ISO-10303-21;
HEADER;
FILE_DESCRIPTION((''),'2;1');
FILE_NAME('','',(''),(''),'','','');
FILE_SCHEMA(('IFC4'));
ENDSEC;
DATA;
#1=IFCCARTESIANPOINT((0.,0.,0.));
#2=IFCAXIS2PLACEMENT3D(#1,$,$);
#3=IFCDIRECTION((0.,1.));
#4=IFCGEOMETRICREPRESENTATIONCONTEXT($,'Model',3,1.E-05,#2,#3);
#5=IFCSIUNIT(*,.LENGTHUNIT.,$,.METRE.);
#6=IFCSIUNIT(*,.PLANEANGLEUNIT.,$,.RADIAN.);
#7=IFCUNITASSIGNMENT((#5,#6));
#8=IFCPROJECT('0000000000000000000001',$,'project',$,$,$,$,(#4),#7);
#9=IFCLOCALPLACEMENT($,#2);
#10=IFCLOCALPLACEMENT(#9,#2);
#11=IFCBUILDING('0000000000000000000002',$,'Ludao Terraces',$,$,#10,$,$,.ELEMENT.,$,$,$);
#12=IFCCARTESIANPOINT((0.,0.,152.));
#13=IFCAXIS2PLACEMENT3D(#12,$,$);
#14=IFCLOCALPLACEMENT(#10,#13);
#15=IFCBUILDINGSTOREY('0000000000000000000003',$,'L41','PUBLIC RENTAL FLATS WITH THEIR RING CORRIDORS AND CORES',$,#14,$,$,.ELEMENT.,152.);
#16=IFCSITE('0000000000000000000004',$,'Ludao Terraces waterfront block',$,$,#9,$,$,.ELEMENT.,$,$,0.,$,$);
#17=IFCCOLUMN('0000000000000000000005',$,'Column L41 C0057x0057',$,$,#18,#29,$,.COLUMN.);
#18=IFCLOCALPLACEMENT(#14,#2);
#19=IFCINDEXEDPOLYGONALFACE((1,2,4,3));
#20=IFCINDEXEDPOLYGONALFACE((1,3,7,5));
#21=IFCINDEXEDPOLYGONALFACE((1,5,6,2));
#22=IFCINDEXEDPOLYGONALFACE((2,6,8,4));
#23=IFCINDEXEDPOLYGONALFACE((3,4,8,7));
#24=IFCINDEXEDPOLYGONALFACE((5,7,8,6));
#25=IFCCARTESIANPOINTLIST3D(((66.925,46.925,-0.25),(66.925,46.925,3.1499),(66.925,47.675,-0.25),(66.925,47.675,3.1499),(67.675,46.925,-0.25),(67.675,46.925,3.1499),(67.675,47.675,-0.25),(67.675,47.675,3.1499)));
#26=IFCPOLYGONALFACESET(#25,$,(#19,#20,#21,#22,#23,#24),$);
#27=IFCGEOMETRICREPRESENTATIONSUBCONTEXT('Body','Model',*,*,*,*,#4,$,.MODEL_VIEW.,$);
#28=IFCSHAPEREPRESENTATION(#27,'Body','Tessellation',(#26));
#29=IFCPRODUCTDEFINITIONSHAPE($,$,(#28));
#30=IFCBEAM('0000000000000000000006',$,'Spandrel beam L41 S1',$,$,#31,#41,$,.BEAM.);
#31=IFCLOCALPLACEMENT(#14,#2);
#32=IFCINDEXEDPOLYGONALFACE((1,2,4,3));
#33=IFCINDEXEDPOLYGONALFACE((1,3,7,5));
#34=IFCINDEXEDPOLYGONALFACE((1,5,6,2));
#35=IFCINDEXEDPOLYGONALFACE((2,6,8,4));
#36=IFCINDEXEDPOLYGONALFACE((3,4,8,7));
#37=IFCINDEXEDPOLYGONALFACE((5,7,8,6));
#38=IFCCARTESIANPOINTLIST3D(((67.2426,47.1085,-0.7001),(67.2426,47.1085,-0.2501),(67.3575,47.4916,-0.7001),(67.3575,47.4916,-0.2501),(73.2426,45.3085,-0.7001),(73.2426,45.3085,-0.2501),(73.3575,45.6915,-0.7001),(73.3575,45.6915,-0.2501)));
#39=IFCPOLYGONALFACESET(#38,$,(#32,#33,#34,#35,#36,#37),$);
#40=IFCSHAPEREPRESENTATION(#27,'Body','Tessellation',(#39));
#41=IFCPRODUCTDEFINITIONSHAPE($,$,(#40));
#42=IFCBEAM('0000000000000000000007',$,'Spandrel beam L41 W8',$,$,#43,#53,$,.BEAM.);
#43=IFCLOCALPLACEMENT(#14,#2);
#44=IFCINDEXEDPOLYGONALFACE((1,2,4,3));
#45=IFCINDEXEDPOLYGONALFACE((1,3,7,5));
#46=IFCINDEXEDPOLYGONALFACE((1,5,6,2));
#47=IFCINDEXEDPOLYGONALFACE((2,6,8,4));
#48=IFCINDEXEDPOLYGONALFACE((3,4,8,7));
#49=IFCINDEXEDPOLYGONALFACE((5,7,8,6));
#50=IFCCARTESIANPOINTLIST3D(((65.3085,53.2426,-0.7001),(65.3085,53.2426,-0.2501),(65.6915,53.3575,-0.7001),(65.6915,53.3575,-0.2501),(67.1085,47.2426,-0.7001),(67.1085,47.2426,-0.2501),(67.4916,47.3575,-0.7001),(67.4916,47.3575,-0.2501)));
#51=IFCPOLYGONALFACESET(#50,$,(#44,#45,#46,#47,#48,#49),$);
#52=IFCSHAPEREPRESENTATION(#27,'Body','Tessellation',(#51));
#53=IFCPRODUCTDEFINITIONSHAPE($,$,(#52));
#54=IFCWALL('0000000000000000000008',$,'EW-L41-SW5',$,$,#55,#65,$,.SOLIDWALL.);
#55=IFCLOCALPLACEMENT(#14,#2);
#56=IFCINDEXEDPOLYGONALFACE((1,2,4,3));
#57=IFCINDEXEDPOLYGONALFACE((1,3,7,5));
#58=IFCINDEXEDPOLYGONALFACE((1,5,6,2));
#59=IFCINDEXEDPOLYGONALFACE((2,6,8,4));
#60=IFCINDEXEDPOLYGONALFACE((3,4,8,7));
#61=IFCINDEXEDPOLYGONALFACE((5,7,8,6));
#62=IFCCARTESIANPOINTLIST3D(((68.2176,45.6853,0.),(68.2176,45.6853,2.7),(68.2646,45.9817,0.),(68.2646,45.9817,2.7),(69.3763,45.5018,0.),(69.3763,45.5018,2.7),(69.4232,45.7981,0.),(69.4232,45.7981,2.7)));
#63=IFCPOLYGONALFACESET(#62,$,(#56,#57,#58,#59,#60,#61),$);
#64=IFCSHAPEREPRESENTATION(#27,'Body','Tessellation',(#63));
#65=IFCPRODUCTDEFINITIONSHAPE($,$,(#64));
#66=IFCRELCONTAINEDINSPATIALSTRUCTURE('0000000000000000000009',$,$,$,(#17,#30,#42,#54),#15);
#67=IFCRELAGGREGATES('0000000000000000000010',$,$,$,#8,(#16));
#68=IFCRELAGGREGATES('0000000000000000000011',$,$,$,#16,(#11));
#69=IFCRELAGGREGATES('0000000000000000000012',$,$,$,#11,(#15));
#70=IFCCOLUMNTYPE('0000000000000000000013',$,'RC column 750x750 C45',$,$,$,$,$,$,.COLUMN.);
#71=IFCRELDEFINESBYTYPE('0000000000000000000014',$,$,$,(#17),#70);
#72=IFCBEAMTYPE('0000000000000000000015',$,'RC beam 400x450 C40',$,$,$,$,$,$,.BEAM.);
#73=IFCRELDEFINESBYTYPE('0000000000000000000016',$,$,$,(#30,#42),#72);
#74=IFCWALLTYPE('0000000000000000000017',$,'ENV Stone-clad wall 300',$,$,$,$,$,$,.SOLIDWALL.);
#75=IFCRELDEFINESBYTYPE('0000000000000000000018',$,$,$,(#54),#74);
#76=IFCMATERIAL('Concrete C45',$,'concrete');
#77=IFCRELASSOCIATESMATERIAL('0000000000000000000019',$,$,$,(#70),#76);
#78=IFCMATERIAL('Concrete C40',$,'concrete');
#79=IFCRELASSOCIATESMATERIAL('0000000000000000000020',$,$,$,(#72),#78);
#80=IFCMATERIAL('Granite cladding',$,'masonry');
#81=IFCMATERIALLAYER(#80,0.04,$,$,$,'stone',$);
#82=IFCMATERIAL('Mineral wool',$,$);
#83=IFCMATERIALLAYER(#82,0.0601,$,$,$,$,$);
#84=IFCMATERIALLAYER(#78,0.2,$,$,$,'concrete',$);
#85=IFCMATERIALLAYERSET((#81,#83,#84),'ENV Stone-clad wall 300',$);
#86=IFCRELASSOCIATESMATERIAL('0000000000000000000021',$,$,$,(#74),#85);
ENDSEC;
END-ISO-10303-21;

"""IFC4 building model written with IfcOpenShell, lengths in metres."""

from ifc_helpers import new_model, si_unit, direction, frame, frame_2d, origin, origin_2d, place, context, subcontext, project, spatial, rectangle, extrude, material, layer, layer_set, material_profile, profile_set, type_object, element, save


model = new_model("IFC4")

# Units and contexts
model_context = context("Model", 3, precision=1e-05, world=origin(), true_north=direction((0.0, 1.0)))
body_context = subcontext(model_context, "Body", "Model", "MODEL_VIEW")
ifc_project = project(units=[si_unit("LENGTHUNIT", "METRE"), si_unit("PLANEANGLEUNIT", "RADIAN")], contexts=[model_context])

# Site, building, storey
site_placement = place(None, origin())
site = spatial("IfcSite", under=ifc_project, at=site_placement, Name="Ludao Terraces waterfront block", CompositionType="ELEMENT", RefElevation=0.0)
building_placement = place(site_placement, origin())
building = spatial("IfcBuilding", under=site, at=building_placement, Name="Ludao Terraces", CompositionType="ELEMENT")
storey_placement = place(building_placement, frame((0.0, 0.0, 152.0)))
storey = spatial("IfcBuildingStorey", under=building, at=storey_placement, Name="L41", Description="PUBLIC RENTAL FLATS WITH THEIR RING CORRIDORS AND CORES", CompositionType="ELEMENT", Elevation=152.0)

# Column
ifc_material_1 = material(Name="Concrete C45", Category="concrete")
ifc_material_profile_1 = material_profile(ifc_material_1, rectangle(XDim=0.75, YDim=0.75, at=origin_2d()), Name="750 X 750")
ifc_profile_set_1 = profile_set([ifc_material_profile_1], Name="Concrete C45")
column_type = type_object("IfcColumnType", Name="RC column 750x750 C45", PredefinedType="COLUMN", material=ifc_profile_set_1)
column_placement = place(storey_placement, frame((67.3, 47.3, -0.25), z_axis=(0.0, 0.0, 1.0), x_axis=(1.0, 0.0, 0.0)))
element("IfcColumn", 1, at=column_placement, inside=storey, type_object=column_type, Name="Column L41 C0057x0057", PredefinedType="COLUMN", context=body_context, shape_type="SweptSolid", body=[
    extrude(rectangle(XDim=0.75, YDim=0.75, at=origin_2d()), origin(), (0.0, 0.0, 1.0), 3.3999),
])

# Beams
ifc_material_2 = material(Name="Concrete C40", Category="concrete")
ifc_material_profile_2 = material_profile(ifc_material_2, rectangle(XDim=0.3999, YDim=0.45, at=origin_2d()), Name="400 X 450")
ifc_profile_set_2 = profile_set([ifc_material_profile_2], Name="Concrete C40")
beam_type = type_object("IfcBeamType", Name="RC beam 400x450 C40", PredefinedType="BEAM", material=ifc_profile_set_2)
for number, where, z_axis, x_axis, name in (
    (2, (67.3, 47.3, -0.4751), (0.957824, -0.287355, 0.0), (0.287355, 0.957824, 0.0), "Spandrel beam L41 S1"),
    (3, (67.3, 47.3, -0.4751), (-0.287355, 0.957824, 0.0), (-0.957824, -0.287355, 0.0), "Spandrel beam L41 W8"),
):
    element("IfcBeam", number, at=place(storey_placement, frame(where, z_axis=z_axis, x_axis=x_axis)), inside=storey, type_object=beam_type, Name=name, PredefinedType="BEAM", context=body_context, shape_type="SweptSolid", body=[
        extrude(rectangle(XDim=0.3999, YDim=0.45, at=origin_2d()), origin(), (0.0, 0.0, 1.0), 6.2642),
    ])

# Wall
ifc_material_3 = material(Name="Granite cladding", Category="masonry")
ifc_layer_1 = layer(ifc_material_3, 0.04, Category="stone")
ifc_material_4 = material(Name="Mineral wool")
ifc_layer_2 = layer(ifc_material_4, 0.0601)
ifc_layer_3 = layer(ifc_material_2, 0.2, Category="concrete")
ifc_layer_set = layer_set([ifc_layer_1, ifc_layer_2, ifc_layer_3], Name="ENV Stone-clad wall 300")
wall_type = type_object("IfcWallType", Name="ENV Stone-clad wall 300", PredefinedType="SOLIDWALL", material=ifc_layer_set)
wall_placement = place(storey_placement, frame((68.2412, 45.8335, 0.0), z_axis=(0.0, 0.0, 1.0), x_axis=(0.987678, -0.156497, 0.0)))
element("IfcWall", 4, at=wall_placement, inside=storey, type_object=wall_type, Name="EW-L41-SW5", PredefinedType="SOLIDWALL", context=body_context, shape_type="SweptSolid", body=[
    extrude(rectangle(XDim=1.1731, YDim=0.3, at=frame_2d((0.5864, 0.0))), origin(), (0.0, 0.0, 1.0), 2.7),
])

save(model, "model.ifc")
